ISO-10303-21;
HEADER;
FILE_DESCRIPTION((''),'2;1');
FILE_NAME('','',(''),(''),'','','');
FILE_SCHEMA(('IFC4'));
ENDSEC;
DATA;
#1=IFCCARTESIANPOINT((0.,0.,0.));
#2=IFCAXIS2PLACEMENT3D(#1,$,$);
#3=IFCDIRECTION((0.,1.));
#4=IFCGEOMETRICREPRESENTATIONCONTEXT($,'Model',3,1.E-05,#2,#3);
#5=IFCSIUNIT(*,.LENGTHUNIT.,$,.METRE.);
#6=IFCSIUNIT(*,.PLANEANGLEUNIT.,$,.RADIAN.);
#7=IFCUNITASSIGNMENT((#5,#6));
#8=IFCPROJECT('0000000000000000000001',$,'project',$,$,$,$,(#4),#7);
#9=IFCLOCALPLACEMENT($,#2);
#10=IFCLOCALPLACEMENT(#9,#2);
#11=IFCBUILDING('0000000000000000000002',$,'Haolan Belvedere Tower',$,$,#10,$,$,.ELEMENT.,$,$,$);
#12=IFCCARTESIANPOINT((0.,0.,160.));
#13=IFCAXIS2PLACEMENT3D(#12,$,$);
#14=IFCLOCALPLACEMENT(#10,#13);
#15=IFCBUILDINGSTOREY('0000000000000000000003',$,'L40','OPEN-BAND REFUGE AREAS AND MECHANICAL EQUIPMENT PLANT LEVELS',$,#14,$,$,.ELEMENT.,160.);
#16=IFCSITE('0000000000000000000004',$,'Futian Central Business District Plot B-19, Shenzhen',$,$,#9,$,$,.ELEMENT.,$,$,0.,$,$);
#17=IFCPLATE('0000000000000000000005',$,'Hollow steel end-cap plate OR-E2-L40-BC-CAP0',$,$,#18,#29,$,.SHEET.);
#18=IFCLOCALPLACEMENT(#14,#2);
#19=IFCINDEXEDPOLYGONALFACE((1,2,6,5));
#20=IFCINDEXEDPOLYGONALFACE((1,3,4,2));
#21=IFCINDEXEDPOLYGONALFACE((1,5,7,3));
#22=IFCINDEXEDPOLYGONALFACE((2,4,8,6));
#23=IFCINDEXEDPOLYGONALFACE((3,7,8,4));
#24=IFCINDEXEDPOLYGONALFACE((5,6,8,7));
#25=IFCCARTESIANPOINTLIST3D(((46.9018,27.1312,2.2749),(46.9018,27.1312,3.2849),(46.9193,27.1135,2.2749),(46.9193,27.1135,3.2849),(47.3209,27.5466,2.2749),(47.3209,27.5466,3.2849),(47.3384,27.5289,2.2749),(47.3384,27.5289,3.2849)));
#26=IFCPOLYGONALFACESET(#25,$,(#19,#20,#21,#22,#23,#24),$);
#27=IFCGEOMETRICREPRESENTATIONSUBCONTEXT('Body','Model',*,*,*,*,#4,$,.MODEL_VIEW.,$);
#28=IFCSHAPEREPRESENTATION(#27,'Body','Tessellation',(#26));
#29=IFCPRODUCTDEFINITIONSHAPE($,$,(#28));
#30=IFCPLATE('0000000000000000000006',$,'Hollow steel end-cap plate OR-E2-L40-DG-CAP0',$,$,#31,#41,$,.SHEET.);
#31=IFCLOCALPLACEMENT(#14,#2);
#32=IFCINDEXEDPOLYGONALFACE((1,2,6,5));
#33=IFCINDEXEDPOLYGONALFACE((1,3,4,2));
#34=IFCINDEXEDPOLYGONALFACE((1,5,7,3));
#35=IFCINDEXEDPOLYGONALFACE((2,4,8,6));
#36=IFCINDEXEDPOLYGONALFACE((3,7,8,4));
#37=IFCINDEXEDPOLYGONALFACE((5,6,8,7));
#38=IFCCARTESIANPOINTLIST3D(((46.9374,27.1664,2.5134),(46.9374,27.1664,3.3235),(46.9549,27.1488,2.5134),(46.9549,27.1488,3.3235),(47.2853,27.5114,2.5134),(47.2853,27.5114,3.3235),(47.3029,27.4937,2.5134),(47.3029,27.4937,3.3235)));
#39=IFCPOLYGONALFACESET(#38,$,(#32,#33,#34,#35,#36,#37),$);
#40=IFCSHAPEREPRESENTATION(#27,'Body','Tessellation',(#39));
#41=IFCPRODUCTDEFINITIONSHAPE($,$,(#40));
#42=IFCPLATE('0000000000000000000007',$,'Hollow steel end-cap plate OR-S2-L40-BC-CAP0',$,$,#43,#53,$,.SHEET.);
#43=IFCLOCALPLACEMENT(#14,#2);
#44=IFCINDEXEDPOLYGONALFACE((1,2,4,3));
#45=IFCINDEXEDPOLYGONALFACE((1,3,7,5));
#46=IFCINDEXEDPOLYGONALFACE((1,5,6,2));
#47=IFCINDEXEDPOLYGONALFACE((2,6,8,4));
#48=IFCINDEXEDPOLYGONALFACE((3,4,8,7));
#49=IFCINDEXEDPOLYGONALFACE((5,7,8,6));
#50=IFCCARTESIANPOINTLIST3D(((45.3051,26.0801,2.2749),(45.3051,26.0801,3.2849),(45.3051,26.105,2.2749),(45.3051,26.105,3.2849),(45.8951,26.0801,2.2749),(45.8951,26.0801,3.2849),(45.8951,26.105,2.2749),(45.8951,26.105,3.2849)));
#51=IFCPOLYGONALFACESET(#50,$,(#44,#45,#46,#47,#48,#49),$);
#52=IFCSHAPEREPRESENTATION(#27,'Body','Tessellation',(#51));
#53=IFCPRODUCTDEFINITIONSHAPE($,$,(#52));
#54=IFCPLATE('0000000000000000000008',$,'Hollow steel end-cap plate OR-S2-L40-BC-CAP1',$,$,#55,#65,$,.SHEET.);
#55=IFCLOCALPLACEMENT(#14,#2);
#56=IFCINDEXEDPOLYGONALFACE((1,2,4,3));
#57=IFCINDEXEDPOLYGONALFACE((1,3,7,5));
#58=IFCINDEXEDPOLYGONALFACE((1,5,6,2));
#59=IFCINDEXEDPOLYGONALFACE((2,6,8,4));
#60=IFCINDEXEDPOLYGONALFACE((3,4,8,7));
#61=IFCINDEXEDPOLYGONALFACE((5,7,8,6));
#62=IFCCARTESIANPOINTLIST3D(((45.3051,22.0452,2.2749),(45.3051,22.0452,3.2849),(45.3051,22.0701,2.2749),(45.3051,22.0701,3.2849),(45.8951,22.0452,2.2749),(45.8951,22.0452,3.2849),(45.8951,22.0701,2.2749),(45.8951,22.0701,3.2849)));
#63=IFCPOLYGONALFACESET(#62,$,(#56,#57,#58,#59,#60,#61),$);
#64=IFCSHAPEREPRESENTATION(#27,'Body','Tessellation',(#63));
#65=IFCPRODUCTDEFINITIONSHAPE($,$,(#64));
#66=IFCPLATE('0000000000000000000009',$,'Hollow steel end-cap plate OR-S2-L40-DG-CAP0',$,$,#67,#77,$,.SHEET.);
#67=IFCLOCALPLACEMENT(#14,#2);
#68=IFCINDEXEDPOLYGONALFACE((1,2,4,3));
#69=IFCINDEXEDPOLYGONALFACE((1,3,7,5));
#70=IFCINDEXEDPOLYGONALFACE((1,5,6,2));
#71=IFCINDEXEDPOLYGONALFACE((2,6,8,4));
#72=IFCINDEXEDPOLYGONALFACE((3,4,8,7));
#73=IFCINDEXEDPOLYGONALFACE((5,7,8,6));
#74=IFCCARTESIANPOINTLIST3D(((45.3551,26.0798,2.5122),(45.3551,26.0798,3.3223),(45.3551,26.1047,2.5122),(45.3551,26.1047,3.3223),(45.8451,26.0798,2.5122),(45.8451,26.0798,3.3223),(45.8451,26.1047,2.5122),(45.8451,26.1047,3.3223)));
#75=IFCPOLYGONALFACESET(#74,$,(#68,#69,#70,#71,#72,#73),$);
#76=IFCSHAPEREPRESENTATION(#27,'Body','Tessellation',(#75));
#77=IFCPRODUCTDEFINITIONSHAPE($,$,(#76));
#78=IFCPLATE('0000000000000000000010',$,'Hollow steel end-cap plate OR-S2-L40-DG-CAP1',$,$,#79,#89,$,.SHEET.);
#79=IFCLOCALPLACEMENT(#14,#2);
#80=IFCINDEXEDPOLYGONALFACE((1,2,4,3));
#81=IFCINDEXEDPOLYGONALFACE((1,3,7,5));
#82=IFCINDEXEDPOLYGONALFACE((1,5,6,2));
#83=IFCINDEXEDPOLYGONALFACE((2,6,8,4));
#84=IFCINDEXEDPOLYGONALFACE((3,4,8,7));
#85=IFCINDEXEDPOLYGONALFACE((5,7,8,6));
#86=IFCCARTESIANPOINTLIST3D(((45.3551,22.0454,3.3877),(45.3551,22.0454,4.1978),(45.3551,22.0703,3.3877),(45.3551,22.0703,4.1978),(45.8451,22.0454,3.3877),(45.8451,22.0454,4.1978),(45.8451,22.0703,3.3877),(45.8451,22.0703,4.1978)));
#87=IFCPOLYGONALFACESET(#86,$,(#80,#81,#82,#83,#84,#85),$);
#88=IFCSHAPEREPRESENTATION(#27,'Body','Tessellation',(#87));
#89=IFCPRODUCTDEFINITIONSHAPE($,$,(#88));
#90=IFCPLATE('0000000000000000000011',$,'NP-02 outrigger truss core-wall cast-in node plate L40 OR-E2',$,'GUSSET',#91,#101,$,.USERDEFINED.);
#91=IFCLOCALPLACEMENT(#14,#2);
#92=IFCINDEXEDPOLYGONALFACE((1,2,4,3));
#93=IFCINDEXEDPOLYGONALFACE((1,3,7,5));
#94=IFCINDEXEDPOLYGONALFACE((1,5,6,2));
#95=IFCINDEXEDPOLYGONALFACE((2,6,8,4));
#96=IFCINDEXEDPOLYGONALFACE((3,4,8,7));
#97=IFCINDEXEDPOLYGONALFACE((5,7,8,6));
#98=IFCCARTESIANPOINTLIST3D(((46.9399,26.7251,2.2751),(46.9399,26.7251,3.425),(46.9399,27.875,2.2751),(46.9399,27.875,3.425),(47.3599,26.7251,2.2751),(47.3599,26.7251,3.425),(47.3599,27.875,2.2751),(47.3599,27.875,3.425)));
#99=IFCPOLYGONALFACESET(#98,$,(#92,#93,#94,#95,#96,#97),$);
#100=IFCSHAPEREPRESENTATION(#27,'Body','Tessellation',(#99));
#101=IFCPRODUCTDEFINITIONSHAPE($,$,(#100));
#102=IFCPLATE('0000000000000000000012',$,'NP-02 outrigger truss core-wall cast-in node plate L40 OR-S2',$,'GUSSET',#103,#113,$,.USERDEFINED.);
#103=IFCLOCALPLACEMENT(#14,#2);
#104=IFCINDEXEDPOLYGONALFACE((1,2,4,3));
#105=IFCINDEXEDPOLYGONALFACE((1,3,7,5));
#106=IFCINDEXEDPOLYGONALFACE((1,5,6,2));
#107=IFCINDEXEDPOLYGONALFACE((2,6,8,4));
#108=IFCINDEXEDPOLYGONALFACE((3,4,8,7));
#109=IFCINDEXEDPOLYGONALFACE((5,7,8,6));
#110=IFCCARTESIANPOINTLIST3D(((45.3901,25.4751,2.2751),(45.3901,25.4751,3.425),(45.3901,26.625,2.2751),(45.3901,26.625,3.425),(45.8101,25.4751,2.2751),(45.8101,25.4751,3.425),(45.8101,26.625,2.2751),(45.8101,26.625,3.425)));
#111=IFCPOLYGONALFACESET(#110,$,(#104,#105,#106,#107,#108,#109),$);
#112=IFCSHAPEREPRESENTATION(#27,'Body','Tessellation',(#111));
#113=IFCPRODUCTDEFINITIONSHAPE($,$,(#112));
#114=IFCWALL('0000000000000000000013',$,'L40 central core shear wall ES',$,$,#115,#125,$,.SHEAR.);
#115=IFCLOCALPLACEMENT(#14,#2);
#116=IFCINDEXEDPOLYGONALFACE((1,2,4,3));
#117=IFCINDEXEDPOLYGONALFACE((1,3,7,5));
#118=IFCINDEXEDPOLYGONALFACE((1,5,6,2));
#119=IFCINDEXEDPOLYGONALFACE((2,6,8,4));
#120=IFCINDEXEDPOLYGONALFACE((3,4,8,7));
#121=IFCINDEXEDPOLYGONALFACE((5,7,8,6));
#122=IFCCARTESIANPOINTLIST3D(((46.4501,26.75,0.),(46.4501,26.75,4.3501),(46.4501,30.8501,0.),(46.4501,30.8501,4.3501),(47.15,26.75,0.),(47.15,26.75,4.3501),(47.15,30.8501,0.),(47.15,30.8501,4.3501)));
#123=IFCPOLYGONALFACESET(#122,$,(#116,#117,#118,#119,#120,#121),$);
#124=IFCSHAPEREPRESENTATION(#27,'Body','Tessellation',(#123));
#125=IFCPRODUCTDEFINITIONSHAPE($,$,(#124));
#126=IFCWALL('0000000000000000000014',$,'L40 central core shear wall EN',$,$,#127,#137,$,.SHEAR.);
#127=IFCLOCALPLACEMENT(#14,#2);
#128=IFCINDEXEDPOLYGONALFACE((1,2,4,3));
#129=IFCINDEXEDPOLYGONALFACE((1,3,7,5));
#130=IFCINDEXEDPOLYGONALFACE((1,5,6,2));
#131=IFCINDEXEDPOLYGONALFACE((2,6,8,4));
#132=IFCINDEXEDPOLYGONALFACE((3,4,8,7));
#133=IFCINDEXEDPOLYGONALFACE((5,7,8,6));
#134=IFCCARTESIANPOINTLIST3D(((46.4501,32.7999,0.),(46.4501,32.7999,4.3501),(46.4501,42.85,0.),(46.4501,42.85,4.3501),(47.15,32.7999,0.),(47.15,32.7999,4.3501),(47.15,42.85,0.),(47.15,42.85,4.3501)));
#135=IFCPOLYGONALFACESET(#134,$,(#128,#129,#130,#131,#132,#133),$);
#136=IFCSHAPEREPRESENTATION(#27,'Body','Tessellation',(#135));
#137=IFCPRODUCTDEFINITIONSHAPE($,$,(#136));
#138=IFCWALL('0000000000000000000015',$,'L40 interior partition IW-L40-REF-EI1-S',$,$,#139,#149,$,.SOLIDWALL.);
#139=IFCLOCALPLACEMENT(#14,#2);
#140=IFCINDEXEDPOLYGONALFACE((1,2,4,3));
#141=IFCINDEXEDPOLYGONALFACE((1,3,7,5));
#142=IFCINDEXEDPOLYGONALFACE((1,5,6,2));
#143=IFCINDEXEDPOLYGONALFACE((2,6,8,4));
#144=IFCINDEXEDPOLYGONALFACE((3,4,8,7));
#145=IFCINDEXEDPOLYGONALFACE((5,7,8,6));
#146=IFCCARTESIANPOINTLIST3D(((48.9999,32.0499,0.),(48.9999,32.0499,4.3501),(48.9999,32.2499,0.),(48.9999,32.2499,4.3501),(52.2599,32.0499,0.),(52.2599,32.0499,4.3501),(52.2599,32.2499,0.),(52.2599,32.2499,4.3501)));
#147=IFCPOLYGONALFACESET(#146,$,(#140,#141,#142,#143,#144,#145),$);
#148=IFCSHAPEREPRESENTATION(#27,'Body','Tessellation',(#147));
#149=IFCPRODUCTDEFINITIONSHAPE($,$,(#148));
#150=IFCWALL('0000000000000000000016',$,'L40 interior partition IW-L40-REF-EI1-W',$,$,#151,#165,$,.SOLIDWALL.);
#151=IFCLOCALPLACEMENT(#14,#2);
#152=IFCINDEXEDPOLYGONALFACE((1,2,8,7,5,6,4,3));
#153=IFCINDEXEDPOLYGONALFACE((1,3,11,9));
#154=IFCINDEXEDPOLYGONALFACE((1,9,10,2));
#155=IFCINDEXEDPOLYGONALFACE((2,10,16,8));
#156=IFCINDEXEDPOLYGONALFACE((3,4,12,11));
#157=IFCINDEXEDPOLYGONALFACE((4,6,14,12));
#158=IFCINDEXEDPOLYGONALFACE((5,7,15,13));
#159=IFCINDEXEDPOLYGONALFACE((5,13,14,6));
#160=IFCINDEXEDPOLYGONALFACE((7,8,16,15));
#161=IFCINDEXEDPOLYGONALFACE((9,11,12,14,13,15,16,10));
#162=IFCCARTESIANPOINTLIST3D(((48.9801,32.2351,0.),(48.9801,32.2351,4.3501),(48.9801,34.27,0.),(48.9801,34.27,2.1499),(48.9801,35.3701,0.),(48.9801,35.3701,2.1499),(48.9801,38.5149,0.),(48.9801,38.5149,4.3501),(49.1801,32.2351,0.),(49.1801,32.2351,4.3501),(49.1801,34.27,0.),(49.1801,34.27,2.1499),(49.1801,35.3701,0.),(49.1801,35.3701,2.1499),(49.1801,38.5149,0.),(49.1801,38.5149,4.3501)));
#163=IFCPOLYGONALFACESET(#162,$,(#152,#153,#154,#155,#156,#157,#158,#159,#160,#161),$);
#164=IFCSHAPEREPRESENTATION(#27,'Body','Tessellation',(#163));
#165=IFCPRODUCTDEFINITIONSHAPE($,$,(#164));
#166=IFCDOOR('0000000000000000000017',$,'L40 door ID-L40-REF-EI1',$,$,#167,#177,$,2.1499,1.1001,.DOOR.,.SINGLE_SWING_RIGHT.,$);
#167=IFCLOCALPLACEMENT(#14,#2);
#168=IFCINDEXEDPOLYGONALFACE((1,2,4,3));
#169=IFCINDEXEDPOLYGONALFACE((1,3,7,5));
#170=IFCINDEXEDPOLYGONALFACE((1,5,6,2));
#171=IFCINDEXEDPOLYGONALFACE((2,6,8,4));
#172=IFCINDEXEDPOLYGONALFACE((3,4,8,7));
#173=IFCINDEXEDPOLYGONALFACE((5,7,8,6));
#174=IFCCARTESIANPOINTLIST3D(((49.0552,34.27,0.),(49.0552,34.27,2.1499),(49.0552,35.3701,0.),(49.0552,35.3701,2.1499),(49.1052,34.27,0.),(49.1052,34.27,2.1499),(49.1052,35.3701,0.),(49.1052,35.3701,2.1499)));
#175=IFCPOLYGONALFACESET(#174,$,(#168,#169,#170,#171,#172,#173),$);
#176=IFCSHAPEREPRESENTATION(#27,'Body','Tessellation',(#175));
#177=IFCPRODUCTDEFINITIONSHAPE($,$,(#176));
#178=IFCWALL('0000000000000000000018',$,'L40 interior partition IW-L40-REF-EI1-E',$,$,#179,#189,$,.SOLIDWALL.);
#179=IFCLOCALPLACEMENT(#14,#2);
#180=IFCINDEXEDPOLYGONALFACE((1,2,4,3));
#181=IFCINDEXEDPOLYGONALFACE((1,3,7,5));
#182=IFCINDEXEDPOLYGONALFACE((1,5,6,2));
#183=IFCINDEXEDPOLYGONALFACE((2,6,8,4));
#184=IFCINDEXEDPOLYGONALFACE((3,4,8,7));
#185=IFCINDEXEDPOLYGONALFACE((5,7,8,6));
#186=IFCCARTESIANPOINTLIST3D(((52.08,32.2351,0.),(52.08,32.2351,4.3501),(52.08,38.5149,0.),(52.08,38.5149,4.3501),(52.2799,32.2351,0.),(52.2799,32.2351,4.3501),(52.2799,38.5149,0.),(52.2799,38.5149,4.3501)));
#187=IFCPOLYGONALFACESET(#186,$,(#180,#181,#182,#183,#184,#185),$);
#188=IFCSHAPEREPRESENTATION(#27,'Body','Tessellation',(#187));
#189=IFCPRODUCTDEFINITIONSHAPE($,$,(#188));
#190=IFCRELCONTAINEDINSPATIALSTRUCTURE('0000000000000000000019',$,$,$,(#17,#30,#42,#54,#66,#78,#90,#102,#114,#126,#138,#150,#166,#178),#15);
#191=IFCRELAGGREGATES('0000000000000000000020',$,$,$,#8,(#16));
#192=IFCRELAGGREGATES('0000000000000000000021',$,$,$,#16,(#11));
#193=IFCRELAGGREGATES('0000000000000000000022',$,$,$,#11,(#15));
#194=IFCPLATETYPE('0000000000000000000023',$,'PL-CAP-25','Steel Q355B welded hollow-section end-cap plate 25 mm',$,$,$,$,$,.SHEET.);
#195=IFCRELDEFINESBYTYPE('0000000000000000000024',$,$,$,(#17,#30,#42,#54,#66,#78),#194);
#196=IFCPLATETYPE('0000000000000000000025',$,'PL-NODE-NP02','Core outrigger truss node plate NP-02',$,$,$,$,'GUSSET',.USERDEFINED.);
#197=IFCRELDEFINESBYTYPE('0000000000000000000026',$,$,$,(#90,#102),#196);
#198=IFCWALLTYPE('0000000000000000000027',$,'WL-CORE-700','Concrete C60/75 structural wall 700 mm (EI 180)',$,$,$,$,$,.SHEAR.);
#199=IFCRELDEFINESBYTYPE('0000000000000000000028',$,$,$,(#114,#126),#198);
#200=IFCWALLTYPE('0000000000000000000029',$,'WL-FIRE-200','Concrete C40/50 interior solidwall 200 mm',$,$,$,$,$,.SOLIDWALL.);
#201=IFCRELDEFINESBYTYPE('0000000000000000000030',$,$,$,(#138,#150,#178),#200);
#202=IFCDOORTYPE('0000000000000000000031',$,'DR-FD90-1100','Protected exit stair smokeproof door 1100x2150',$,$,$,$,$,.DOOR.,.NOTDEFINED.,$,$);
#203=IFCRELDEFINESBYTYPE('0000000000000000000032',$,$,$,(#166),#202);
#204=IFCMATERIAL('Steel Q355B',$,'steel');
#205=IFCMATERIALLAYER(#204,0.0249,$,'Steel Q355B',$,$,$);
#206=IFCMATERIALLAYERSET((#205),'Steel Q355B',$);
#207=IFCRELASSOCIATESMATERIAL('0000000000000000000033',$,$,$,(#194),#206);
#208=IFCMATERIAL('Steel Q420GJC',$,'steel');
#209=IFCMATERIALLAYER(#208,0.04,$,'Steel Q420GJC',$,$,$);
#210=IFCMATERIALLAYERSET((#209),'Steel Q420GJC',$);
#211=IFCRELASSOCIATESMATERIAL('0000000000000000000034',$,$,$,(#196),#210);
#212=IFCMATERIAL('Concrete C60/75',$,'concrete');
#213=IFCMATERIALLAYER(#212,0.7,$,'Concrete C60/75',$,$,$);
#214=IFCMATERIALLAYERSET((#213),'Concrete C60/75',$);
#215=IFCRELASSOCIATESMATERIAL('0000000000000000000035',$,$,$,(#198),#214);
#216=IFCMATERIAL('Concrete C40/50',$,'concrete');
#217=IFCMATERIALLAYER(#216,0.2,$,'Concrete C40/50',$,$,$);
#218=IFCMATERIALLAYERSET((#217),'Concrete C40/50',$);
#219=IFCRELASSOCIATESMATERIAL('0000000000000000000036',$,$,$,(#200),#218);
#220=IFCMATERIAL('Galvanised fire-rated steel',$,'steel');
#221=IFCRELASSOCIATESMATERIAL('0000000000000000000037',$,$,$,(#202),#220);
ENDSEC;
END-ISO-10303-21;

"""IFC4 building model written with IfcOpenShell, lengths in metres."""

from ifc_helpers import new_model, si_unit, direction, frame, frame_2d, origin, origin_2d, place, context, subcontext, project, spatial, rectangle, extrude, material, layer, layer_set, type_object, element, fill, save


model = new_model("IFC4")

# Units and contexts
model_context = context("Model", 3, precision=1e-05, world=origin(), true_north=direction((0.0, 1.0)))
body_context = subcontext(model_context, "Body", "Model", "MODEL_VIEW")
ifc_project = project(units=[si_unit("LENGTHUNIT", "METRE"), si_unit("PLANEANGLEUNIT", "RADIAN")], contexts=[model_context])

# Site, building, storey
site_placement = place(None, origin())
site = spatial("IfcSite", under=ifc_project, at=site_placement, Name="Futian Central Business District Plot B-19, Shenzhen", CompositionType="ELEMENT", RefElevation=0.0)
building_placement = place(site_placement, origin())
building = spatial("IfcBuilding", under=site, at=building_placement, Name="Haolan Belvedere Tower", CompositionType="ELEMENT")
storey_placement = place(building_placement, frame((0.0, 0.0, 160.0)))
storey = spatial("IfcBuildingStorey", under=building, at=storey_placement, Name="L40", Description="OPEN-BAND REFUGE AREAS AND MECHANICAL EQUIPMENT PLANT LEVELS", CompositionType="ELEMENT", Elevation=160.0)

# Shared definitions
ifc_material_1 = material(Name="Steel Q420GJC", Category="steel")
ifc_material_2 = material(Name="Steel Q355B", Category="steel")
ifc_material_3 = material(Name="Concrete C60/75", Category="concrete")

# Plates
ifc_layer_1 = layer(ifc_material_2, 0.0249, Name="Steel Q355B")
ifc_layer_set_1 = layer_set([ifc_layer_1], Name="Steel Q355B")
plate_type_1 = type_object("IfcPlateType", Name="PL-CAP-25", Description="Steel Q355B welded hollow-section end-cap plate 25 mm", PredefinedType="SHEET", material=ifc_layer_set_1)
plate_1_placement = place(storey_placement, frame((47.1201, 27.3301, 2.2749), z_axis=(0.0, 0.0, 1.0), x_axis=(-0.71021, -0.70399, 0.0)))
element("IfcPlate", 1, at=plate_1_placement, inside=storey, type_object=plate_type_1, Name="Hollow steel end-cap plate OR-E2-L40-BC-CAP0", PredefinedType="SHEET", context=body_context, shape_type="SweptSolid", body=[
    extrude(rectangle(XDim=0.5901, YDim=0.0249, at=origin_2d()), origin(), (0.0, 0.0, 1.0), 1.01),
])
plate_2_placement = place(storey_placement, frame((47.1201, 27.3301, 2.5134), z_axis=(0.0, 0.0, 1.0), x_axis=(-0.71021, -0.70399, 0.0)))
element("IfcPlate", 2, at=plate_2_placement, inside=storey, type_object=plate_type_1, Name="Hollow steel end-cap plate OR-E2-L40-DG-CAP0", PredefinedType="SHEET", context=body_context, shape_type="SweptSolid", body=[
    extrude(rectangle(XDim=0.49, YDim=0.0249, at=origin_2d()), origin(), (0.0, 0.0, 1.0), 0.8101),
])
for number, where, z_axis, x_axis, name in (
    (3, (45.6001, 26.0925, 2.2749), (0.0, 0.0, 1.0), (-1.0, 0.0, 0.0), "Hollow steel end-cap plate OR-S2-L40-BC-CAP0"),
    (4, (45.6001, 22.0576, 2.2749), (0.0, 0.0, 1.0), (1.0, 0.0, 0.0), "Hollow steel end-cap plate OR-S2-L40-BC-CAP1"),
):
    element("IfcPlate", number, at=place(storey_placement, frame(where, z_axis=z_axis, x_axis=x_axis)), inside=storey, type_object=plate_type_1, Name=name, PredefinedType="SHEET", context=body_context, shape_type="SweptSolid", body=[
        extrude(rectangle(XDim=0.5901, YDim=0.0249, at=origin_2d()), origin(), (0.0, 0.0, 1.0), 1.01),
    ])
for number, where, z_axis, x_axis, name in (
    (5, (45.6001, 26.0923, 2.5122), (0.0, 0.0, 1.0), (-1.0, 0.0, 0.0), "Hollow steel end-cap plate OR-S2-L40-DG-CAP0"),
    (6, (45.6001, 22.0579, 3.3877), (0.0, 0.0, 1.0), (1.0, 0.0, 0.0), "Hollow steel end-cap plate OR-S2-L40-DG-CAP1"),
):
    element("IfcPlate", number, at=place(storey_placement, frame(where, z_axis=z_axis, x_axis=x_axis)), inside=storey, type_object=plate_type_1, Name=name, PredefinedType="SHEET", context=body_context, shape_type="SweptSolid", body=[
        extrude(rectangle(XDim=0.49, YDim=0.0249, at=origin_2d()), origin(), (0.0, 0.0, 1.0), 0.8101),
    ])
ifc_layer_2 = layer(ifc_material_1, 0.04, Name="Steel Q420GJC")
ifc_layer_set_2 = layer_set([ifc_layer_2], Name="Steel Q420GJC")
plate_type_2 = type_object("IfcPlateType", Name="PL-NODE-NP02", Description="Core outrigger truss node plate NP-02", ElementType="GUSSET", PredefinedType="USERDEFINED", material=ifc_layer_set_2)
for number, where, z_axis, x_axis, name in (
    (7, (47.1499, 27.3, 2.2751), (0.0, 0.0, 1.0), (1.0, 0.0, 0.0), "NP-02 outrigger truss core-wall cast-in node plate L40 OR-E2"),
    (8, (45.6001, 26.05, 2.2751), (0.0, 0.0, 1.0), (1.0, 0.0, 0.0), "NP-02 outrigger truss core-wall cast-in node plate L40 OR-S2"),
):
    element("IfcPlate", number, at=place(storey_placement, frame(where, z_axis=z_axis, x_axis=x_axis)), inside=storey, type_object=plate_type_2, Name=name, ObjectType="GUSSET", PredefinedType="USERDEFINED", context=body_context, shape_type="SweptSolid", body=[
        extrude(rectangle(XDim=0.4199, YDim=1.1499, at=origin_2d()), origin(), (0.0, 0.0, 1.0), 1.1499),
    ])

# Walls
ifc_layer_3 = layer(ifc_material_3, 0.7, Name="Concrete C60/75")
ifc_layer_set_3 = layer_set([ifc_layer_3], Name="Concrete C60/75")
wall_type_1 = type_object("IfcWallType", Name="WL-CORE-700", Description="Concrete C60/75 structural wall 700 mm (EI 180)", PredefinedType="SHEAR", material=ifc_layer_set_3)
wall_1_placement = place(storey_placement, frame((46.8, 26.75, 0.0), z_axis=(0.0, 0.0, 1.0), x_axis=(0.0, 1.0, 0.0)))
element("IfcWall", 9, at=wall_1_placement, inside=storey, type_object=wall_type_1, Name="L40 central core shear wall ES", PredefinedType="SHEAR", context=body_context, shape_type="SweptSolid", body=[
    extrude(rectangle(XDim=4.1001, YDim=0.7, at=frame_2d((2.05, 0.0))), origin(), (0.0, 0.0, 1.0), 4.3501),
])
wall_2_placement = place(storey_placement, frame((46.8, 32.8, 0.0), z_axis=(0.0, 0.0, 1.0), x_axis=(0.0, 1.0, 0.0)))
element("IfcWall", 10, at=wall_2_placement, inside=storey, type_object=wall_type_1, Name="L40 central core shear wall EN", PredefinedType="SHEAR", context=body_context, shape_type="SweptSolid", body=[
    extrude(rectangle(XDim=10.05, YDim=0.7, at=frame_2d((5.0249, 0.0))), origin(), (0.0, 0.0, 1.0), 4.3501),
])
ifc_material_4 = material(Name="Concrete C40/50", Category="concrete")
ifc_layer_4 = layer(ifc_material_4, 0.2, Name="Concrete C40/50")
ifc_layer_set_4 = layer_set([ifc_layer_4], Name="Concrete C40/50")
wall_type_2 = type_object("IfcWallType", Name="WL-FIRE-200", Description="Concrete C40/50 interior solidwall 200 mm", PredefinedType="SOLIDWALL", material=ifc_layer_set_4)
wall_3_placement = place(storey_placement, frame((49.0, 32.1499, 0.0), z_axis=(0.0, 0.0, 1.0), x_axis=(1.0, 0.0, 0.0)))
element("IfcWall", 11, at=wall_3_placement, inside=storey, type_object=wall_type_2, Name="L40 interior partition IW-L40-REF-EI1-S", PredefinedType="SOLIDWALL", context=body_context, shape_type="SweptSolid", body=[
    extrude(rectangle(XDim=3.26, YDim=0.2, at=frame_2d((1.6299, 0.0))), origin(), (0.0, 0.0, 1.0), 4.3501),
])

# Wall, opening, door
wall_4_placement = place(storey_placement, frame((49.0801, 32.2351, 0.0), z_axis=(0.0, 0.0, 1.0), x_axis=(0.0, 1.0, 0.0)))
wall_4 = element("IfcWall", 12, at=wall_4_placement, inside=storey, type_object=wall_type_2, Name="L40 interior partition IW-L40-REF-EI1-W", PredefinedType="SOLIDWALL", context=body_context, shape_type="SweptSolid", body=[
    extrude(rectangle(XDim=6.2798, YDim=0.2, at=frame_2d((3.1399, 0.0))), origin(), (0.0, 0.0, 1.0), 4.3501),
])
opening_placement = place(wall_4_placement, frame((2.0349, 0.0, 0.0)))
opening = element("IfcOpeningElement", 13, at=opening_placement, cuts=wall_4, PredefinedType="OPENING", context=body_context, shape_type="SweptSolid", body=[
    extrude(rectangle(XDim=1.1001, YDim=2.1499, at=frame_2d((0.55, 1.075))), frame((0.0, 0.1099, 0.0), z_axis=(0.0, -1.0, 0.0), x_axis=(1.0, 0.0, 0.0)), (0.0, 0.0, 1.0), 0.22),
])
ifc_material_5 = material(Name="Galvanised fire-rated steel", Category="steel")
door_type = type_object("IfcDoorType", Name="DR-FD90-1100", Description="Protected exit stair smokeproof door 1100x2150", OperationType="NOTDEFINED", PredefinedType="DOOR", material=ifc_material_5)
door_placement = place(opening_placement, origin())
door = element("IfcDoor", 14, at=door_placement, inside=storey, type_object=door_type, Name="L40 door ID-L40-REF-EI1", OperationType="SINGLE_SWING_RIGHT", OverallHeight=2.1499, OverallWidth=1.1001, PredefinedType="DOOR", context=body_context, shape_type="SweptSolid", body=[
    extrude(rectangle(XDim=1.1001, YDim=2.1499, at=frame_2d((0.55, 1.075))), frame((0.0, 0.0249, 0.0), z_axis=(0.0, -1.0, 0.0), x_axis=(1.0, 0.0, 0.0)), (0.0, 0.0, 1.0), 0.05),
])
fill(opening, door)

# Wall
wall_5_placement = place(storey_placement, frame((52.1799, 32.2351, 0.0), z_axis=(0.0, 0.0, 1.0), x_axis=(0.0, 1.0, 0.0)))
element("IfcWall", 15, at=wall_5_placement, inside=storey, type_object=wall_type_2, Name="L40 interior partition IW-L40-REF-EI1-E", PredefinedType="SOLIDWALL", context=body_context, shape_type="SweptSolid", body=[
    extrude(rectangle(XDim=6.2798, YDim=0.2, at=frame_2d((3.1399, 0.0))), origin(), (0.0, 0.0, 1.0), 4.3501),
])

save(model, "model.ifc")
